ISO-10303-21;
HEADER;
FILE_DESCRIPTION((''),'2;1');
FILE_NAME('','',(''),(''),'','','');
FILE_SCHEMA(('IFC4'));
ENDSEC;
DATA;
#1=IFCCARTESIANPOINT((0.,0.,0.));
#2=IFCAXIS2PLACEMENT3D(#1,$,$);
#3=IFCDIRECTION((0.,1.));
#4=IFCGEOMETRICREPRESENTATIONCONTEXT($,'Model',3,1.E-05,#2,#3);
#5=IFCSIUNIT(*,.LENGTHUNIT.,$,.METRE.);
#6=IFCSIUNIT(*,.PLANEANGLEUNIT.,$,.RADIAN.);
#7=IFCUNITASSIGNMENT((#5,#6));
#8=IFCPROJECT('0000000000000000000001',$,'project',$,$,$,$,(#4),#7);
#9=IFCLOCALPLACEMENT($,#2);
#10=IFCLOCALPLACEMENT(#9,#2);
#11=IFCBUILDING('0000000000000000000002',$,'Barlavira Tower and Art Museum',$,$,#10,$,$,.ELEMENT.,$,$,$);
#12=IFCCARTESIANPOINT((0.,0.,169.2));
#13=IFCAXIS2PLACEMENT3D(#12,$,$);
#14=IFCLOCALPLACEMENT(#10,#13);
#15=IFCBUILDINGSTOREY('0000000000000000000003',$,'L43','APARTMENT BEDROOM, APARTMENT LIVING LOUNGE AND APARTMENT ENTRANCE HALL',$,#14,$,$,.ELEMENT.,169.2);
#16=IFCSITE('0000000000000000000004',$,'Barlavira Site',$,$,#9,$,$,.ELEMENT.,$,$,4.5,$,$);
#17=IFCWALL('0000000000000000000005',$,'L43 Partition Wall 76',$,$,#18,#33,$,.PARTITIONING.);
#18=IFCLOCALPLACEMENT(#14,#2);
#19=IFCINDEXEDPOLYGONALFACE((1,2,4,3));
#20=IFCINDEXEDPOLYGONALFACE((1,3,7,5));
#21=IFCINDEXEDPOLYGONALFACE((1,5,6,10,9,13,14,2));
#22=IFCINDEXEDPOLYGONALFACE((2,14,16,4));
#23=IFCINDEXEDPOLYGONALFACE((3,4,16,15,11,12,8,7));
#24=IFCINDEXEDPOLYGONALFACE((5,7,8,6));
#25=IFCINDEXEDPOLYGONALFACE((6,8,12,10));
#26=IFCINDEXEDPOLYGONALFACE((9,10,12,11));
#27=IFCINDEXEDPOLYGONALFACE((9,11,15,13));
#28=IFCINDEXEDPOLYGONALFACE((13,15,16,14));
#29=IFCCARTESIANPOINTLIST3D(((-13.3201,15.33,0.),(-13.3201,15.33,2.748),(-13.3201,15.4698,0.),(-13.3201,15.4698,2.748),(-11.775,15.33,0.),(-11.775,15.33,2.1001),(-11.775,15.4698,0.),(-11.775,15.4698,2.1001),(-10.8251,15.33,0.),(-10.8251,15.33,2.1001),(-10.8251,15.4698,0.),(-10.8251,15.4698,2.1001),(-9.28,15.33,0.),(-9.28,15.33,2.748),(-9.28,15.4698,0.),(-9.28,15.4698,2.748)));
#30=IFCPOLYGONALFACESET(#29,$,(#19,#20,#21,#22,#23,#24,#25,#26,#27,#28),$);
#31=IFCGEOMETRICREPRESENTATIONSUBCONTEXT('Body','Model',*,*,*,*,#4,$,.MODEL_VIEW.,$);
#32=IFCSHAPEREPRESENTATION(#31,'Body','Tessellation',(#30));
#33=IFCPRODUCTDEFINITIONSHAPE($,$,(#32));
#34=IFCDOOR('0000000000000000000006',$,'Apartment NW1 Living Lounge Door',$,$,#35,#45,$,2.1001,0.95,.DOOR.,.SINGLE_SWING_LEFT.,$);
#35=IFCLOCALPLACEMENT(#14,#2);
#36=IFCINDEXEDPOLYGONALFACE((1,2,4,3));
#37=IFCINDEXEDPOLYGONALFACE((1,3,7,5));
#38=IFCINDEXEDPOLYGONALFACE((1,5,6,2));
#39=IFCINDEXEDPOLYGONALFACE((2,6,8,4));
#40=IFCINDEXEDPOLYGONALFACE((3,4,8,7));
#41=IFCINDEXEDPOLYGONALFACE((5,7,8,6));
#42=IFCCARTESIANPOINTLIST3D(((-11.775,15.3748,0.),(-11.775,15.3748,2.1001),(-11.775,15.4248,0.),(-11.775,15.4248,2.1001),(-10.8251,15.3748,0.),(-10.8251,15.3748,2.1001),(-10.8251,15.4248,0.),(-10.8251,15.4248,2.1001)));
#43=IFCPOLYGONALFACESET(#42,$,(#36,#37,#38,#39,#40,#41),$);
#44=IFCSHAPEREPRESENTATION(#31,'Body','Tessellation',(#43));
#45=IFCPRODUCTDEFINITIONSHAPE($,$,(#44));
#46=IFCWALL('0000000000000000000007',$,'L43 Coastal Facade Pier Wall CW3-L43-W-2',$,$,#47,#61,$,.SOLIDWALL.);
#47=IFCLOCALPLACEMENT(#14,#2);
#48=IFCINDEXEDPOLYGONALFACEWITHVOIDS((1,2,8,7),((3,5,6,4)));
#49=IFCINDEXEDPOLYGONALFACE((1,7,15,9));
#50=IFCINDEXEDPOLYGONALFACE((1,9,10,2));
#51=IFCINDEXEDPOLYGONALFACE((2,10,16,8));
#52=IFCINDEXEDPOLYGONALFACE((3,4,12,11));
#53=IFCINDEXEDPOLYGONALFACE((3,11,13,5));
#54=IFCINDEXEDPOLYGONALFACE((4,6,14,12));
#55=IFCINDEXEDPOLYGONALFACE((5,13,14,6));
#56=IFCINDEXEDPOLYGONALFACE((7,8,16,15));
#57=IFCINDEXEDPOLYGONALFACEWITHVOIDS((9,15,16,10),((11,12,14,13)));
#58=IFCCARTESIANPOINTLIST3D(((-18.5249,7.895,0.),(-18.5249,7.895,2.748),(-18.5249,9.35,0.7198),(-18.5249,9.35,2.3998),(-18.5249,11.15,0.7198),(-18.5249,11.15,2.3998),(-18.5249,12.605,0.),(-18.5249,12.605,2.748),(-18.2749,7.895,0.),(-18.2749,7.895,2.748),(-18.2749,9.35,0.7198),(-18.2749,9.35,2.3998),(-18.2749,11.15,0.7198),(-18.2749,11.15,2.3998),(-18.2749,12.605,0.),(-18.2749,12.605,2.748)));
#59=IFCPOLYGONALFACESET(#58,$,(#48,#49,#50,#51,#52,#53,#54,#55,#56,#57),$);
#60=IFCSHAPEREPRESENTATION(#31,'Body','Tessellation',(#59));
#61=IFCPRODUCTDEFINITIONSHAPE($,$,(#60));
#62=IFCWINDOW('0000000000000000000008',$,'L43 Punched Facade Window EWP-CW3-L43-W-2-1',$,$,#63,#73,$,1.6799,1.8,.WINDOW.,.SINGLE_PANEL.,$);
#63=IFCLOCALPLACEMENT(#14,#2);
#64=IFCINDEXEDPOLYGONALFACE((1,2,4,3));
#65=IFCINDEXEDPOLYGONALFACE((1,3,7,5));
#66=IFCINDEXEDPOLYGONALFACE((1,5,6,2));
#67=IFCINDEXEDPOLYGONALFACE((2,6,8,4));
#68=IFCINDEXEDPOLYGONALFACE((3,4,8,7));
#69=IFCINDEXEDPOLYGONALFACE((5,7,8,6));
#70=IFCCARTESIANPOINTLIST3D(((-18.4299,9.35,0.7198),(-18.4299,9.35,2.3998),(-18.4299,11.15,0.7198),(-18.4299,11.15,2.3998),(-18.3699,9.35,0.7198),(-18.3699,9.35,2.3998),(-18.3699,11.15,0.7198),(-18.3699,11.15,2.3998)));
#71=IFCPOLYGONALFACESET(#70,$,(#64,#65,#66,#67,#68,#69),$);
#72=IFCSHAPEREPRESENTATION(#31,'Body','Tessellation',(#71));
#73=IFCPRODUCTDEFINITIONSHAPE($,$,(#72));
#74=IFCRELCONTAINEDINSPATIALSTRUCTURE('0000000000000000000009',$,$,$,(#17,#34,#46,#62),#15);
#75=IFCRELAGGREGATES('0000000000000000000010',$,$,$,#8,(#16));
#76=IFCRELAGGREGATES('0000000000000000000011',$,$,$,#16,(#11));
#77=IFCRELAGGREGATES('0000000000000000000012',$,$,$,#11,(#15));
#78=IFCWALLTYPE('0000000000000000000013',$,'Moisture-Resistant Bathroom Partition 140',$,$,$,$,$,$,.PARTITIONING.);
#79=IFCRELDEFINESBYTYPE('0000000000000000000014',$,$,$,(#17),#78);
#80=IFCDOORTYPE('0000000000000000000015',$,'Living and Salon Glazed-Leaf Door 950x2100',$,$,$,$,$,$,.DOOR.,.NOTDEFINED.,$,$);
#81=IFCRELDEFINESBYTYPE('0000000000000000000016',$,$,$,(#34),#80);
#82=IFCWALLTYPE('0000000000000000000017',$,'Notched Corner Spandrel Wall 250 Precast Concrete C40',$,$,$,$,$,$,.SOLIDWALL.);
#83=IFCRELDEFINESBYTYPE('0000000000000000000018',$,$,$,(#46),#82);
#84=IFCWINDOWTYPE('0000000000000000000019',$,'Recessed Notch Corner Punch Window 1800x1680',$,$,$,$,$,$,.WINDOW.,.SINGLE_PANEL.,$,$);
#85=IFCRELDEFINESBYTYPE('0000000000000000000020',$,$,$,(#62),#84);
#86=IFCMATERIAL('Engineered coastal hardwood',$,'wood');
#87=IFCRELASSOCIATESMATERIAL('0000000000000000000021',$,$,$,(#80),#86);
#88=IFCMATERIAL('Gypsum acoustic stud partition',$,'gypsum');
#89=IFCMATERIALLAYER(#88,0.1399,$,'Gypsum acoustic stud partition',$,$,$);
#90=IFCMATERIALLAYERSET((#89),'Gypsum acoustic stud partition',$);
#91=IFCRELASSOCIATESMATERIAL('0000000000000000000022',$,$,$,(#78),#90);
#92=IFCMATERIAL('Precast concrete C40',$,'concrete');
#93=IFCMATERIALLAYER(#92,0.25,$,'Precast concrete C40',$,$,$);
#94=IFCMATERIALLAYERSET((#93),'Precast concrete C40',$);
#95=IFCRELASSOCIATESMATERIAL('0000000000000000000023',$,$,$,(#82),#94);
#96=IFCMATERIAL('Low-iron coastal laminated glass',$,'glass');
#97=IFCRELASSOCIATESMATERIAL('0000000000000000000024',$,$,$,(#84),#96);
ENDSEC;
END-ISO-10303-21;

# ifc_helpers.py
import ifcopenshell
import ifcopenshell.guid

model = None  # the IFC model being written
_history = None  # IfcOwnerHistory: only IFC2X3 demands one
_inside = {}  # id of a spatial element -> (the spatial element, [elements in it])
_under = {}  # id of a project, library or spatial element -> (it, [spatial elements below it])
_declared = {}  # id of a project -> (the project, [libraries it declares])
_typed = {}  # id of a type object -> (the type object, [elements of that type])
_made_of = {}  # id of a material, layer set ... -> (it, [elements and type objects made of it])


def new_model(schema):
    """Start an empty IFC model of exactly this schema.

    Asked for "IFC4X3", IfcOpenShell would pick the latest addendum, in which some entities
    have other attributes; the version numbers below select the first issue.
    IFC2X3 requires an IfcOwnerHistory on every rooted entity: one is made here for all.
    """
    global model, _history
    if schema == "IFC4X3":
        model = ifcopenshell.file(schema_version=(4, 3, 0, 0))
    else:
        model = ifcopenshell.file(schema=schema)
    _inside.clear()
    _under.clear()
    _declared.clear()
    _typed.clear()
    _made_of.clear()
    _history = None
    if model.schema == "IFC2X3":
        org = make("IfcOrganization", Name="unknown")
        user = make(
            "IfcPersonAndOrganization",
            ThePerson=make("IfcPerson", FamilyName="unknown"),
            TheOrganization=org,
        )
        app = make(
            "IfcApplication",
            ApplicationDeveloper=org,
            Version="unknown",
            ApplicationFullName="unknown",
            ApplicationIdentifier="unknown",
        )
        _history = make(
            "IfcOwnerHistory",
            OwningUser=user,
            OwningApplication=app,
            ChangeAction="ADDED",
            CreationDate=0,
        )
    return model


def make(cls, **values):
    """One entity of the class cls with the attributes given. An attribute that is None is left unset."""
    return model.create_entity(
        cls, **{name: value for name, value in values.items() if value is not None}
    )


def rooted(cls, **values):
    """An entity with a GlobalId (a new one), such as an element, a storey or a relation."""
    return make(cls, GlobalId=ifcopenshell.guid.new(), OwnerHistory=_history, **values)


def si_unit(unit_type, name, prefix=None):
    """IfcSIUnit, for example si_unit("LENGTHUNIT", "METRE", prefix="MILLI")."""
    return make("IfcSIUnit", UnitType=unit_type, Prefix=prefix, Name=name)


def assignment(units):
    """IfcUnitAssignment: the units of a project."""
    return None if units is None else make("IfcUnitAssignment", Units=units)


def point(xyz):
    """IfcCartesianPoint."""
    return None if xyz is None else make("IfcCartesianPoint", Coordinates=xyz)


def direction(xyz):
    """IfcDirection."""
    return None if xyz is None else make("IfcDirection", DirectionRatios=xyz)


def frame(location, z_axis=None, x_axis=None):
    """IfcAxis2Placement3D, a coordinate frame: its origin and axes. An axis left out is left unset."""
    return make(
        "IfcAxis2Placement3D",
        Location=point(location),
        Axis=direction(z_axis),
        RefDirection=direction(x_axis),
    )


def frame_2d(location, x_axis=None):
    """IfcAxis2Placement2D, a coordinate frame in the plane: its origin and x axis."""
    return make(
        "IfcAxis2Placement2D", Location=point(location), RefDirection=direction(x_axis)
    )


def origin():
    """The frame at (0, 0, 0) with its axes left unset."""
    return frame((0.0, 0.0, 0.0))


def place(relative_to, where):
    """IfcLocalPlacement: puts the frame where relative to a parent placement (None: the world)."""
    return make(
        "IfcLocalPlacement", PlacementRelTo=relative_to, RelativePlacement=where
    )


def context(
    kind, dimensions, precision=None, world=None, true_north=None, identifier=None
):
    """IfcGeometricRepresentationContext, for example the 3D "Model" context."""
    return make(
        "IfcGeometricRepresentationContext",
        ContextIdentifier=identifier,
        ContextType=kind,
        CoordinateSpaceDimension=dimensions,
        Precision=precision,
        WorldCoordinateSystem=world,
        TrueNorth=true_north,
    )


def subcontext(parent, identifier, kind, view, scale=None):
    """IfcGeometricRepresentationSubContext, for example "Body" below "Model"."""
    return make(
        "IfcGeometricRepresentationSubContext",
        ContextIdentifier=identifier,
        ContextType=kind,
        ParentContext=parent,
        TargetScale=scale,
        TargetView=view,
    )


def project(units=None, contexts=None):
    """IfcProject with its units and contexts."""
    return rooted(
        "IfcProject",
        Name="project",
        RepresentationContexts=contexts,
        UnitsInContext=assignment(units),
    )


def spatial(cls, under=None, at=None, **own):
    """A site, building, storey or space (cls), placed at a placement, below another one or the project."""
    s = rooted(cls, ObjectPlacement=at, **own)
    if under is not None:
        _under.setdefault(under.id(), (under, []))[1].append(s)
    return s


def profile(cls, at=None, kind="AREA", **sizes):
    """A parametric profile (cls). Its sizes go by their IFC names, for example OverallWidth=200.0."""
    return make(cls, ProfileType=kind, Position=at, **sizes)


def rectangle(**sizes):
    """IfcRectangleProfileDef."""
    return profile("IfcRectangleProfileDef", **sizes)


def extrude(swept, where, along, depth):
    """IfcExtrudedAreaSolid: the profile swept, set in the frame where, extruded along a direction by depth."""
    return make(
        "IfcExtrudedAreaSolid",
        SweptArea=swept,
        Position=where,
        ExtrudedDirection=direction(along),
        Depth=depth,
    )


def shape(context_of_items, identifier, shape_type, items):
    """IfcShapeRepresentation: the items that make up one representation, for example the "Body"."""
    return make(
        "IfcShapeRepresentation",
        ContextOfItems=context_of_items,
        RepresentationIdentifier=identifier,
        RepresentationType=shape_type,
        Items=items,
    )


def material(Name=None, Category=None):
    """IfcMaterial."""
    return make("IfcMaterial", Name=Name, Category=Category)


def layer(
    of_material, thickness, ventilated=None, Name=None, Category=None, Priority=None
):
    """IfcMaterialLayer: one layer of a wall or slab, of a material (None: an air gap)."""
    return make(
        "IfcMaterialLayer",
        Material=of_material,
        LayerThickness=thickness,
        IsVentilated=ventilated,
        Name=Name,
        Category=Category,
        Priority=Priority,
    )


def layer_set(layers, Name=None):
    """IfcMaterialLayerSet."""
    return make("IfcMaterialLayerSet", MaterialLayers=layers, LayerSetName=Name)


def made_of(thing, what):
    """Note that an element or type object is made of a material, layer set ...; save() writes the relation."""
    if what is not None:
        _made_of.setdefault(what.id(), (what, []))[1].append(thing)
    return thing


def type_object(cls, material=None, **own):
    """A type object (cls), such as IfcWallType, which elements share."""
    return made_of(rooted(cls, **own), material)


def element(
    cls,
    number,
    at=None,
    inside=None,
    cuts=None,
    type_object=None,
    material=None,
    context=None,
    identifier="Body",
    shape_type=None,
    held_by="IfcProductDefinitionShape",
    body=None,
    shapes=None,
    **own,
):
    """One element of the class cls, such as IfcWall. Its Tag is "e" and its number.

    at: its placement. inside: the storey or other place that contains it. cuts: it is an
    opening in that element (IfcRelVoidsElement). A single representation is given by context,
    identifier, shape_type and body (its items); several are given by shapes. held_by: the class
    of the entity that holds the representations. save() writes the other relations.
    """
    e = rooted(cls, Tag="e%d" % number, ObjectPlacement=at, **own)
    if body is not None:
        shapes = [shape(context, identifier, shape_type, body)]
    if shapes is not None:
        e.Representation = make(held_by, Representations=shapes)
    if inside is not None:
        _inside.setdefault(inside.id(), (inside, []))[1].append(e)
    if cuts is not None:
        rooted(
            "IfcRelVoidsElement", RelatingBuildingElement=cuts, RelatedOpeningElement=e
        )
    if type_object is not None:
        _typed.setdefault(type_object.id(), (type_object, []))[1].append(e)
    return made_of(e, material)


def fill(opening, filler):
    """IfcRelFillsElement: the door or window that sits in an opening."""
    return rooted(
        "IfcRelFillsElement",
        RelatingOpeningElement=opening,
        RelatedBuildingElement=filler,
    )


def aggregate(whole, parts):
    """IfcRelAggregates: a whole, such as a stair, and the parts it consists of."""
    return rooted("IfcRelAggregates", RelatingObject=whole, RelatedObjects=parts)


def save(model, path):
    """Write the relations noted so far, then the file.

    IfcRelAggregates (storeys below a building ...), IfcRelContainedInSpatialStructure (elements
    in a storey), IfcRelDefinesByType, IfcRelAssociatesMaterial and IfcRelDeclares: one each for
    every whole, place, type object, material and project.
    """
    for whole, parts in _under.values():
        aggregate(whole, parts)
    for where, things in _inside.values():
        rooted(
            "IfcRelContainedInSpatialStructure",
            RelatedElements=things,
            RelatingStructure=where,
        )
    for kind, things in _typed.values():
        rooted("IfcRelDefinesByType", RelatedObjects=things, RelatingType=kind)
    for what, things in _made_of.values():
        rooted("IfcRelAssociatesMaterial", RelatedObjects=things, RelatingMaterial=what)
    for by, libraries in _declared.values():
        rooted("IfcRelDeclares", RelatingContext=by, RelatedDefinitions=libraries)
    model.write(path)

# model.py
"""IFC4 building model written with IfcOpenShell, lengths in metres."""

from ifc_helpers import new_model, si_unit, direction, frame, frame_2d, origin, place, context, subcontext, project, spatial, rectangle, extrude, material, layer, layer_set, type_object, element, fill, save


model = new_model("IFC4")

# Units and contexts
model_context = context("Model", 3, precision=1e-05, world=origin(), true_north=direction((0.0, 1.0)))
body_context = subcontext(model_context, "Body", "Model", "MODEL_VIEW")
ifc_project = project(units=[si_unit("LENGTHUNIT", "METRE"), si_unit("PLANEANGLEUNIT", "RADIAN")], contexts=[model_context])

# Site, building, storey
site_placement = place(None, origin())
site = spatial("IfcSite", under=ifc_project, at=site_placement, Name="Barlavira Site", CompositionType="ELEMENT", RefElevation=4.5)
building_placement = place(site_placement, origin())
building = spatial("IfcBuilding", under=site, at=building_placement, Name="Barlavira Tower and Art Museum", CompositionType="ELEMENT")
storey_placement = place(building_placement, frame((0.0, 0.0, 169.2)))
storey = spatial("IfcBuildingStorey", under=building, at=storey_placement, Name="L43", Description="APARTMENT BEDROOM, APARTMENT LIVING LOUNGE AND APARTMENT ENTRANCE HALL", CompositionType="ELEMENT", Elevation=169.2)

# Shared definitions
ifc_material_1 = material(Name="Gypsum acoustic stud partition", Category="gypsum")
ifc_material_2 = material(Name="Engineered coastal hardwood", Category="wood")
door_type_1 = type_object("IfcDoorType", Name="Living and Salon Glazed-Leaf Door 950x2100", OperationType="NOTDEFINED", PredefinedType="DOOR", material=ifc_material_2)

# Wall, opening, door
ifc_layer_1 = layer(ifc_material_1, 0.1399, Name="Gypsum acoustic stud partition")
ifc_layer_set_1 = layer_set([ifc_layer_1], Name="Gypsum acoustic stud partition")
wall_type_1 = type_object("IfcWallType", Name="Moisture-Resistant Bathroom Partition 140", PredefinedType="PARTITIONING", material=ifc_layer_set_1)
wall_1_placement = place(storey_placement, frame((-13.3201, 15.3999, 0.0), z_axis=(0.0, 0.0, 1.0), x_axis=(1.0, 0.0, 0.0)))
wall_1 = element("IfcWall", 1, at=wall_1_placement, inside=storey, type_object=wall_type_1, Name="L43 Partition Wall 76", PredefinedType="PARTITIONING", context=body_context, shape_type="SweptSolid", body=[
    extrude(rectangle(XDim=4.04, YDim=0.1399, at=frame_2d((2.02, 0.0))), origin(), (0.0, 0.0, 1.0), 2.748),
])
opening_1_placement = place(wall_1_placement, frame((1.5449, 0.0, 0.0)))
opening_1 = element("IfcOpeningElement", 2, at=opening_1_placement, cuts=wall_1, PredefinedType="OPENING", context=body_context, shape_type="SweptSolid", body=[
    extrude(rectangle(XDim=0.95, YDim=2.1001, at=frame_2d((0.4751, 1.05))), frame((0.0, 0.0801, 0.0), z_axis=(0.0, -1.0, 0.0), x_axis=(1.0, 0.0, 0.0)), (0.0, 0.0, 1.0), 0.1599),
])
door_1_placement = place(opening_1_placement, origin())
door_1 = element("IfcDoor", 3, at=door_1_placement, inside=storey, type_object=door_type_1, Name="Apartment NW1 Living Lounge Door", OperationType="SINGLE_SWING_LEFT", OverallHeight=2.1001, OverallWidth=0.95, PredefinedType="DOOR", context=body_context, shape_type="SweptSolid", body=[
    extrude(rectangle(XDim=0.95, YDim=2.1001, at=frame_2d((0.4751, 1.05))), frame((0.0, 0.0249, 0.0), z_axis=(0.0, -1.0, 0.0), x_axis=(1.0, 0.0, 0.0)), (0.0, 0.0, 1.0), 0.05),
])
fill(opening_1, door_1)

# Wall, opening, window
ifc_material_3 = material(Name="Precast concrete C40", Category="concrete")
ifc_layer_2 = layer(ifc_material_3, 0.25, Name="Precast concrete C40")
ifc_layer_set_2 = layer_set([ifc_layer_2], Name="Precast concrete C40")
wall_type_2 = type_object("IfcWallType", Name="Notched Corner Spandrel Wall 250 Precast Concrete C40", PredefinedType="SOLIDWALL", material=ifc_layer_set_2)
wall_2_placement = place(storey_placement, frame((-18.3999, 12.605, 0.0), z_axis=(0.0, 0.0, 1.0), x_axis=(0.0, -1.0, 0.0)))
wall_2 = element("IfcWall", 4, at=wall_2_placement, inside=storey, type_object=wall_type_2, Name="L43 Coastal Facade Pier Wall CW3-L43-W-2", PredefinedType="SOLIDWALL", context=body_context, shape_type="SweptSolid", body=[
    extrude(rectangle(XDim=4.71, YDim=0.25, at=frame_2d((2.355, 0.0))), origin(), (0.0, 0.0, 1.0), 2.748),
])
opening_2_placement = place(wall_2_placement, frame((1.4551, 0.0, 0.72)))
opening_2 = element("IfcOpeningElement", 5, at=opening_2_placement, cuts=wall_2, PredefinedType="OPENING", context=body_context, shape_type="SweptSolid", body=[
    extrude(rectangle(XDim=1.8, YDim=1.6799, at=frame_2d((0.8999, 0.8398))), frame((0.0, 0.135, 0.0), z_axis=(0.0, -1.0, 0.0), x_axis=(1.0, 0.0, 0.0)), (0.0, 0.0, 1.0), 0.27),
])
ifc_material_4 = material(Name="Low-iron coastal laminated glass", Category="glass")
window_type = type_object("IfcWindowType", Name="Recessed Notch Corner Punch Window 1800x1680", PartitioningType="SINGLE_PANEL", PredefinedType="WINDOW", material=ifc_material_4)
window_placement = place(opening_2_placement, origin())
window = element("IfcWindow", 6, at=window_placement, inside=storey, type_object=window_type, Name="L43 Punched Facade Window EWP-CW3-L43-W-2-1", OverallHeight=1.6799, OverallWidth=1.8, PartitioningType="SINGLE_PANEL", PredefinedType="WINDOW", context=body_context, shape_type="SweptSolid", body=[
    extrude(rectangle(XDim=1.8, YDim=1.6799, at=frame_2d((0.8999, 0.8398))), frame((0.0, 0.03, 0.0), z_axis=(0.0, -1.0, 0.0), x_axis=(1.0, 0.0, 0.0)), (0.0, 0.0, 1.0), 0.0601),
])
fill(opening_2, window)

save(model, "model.ifc")
